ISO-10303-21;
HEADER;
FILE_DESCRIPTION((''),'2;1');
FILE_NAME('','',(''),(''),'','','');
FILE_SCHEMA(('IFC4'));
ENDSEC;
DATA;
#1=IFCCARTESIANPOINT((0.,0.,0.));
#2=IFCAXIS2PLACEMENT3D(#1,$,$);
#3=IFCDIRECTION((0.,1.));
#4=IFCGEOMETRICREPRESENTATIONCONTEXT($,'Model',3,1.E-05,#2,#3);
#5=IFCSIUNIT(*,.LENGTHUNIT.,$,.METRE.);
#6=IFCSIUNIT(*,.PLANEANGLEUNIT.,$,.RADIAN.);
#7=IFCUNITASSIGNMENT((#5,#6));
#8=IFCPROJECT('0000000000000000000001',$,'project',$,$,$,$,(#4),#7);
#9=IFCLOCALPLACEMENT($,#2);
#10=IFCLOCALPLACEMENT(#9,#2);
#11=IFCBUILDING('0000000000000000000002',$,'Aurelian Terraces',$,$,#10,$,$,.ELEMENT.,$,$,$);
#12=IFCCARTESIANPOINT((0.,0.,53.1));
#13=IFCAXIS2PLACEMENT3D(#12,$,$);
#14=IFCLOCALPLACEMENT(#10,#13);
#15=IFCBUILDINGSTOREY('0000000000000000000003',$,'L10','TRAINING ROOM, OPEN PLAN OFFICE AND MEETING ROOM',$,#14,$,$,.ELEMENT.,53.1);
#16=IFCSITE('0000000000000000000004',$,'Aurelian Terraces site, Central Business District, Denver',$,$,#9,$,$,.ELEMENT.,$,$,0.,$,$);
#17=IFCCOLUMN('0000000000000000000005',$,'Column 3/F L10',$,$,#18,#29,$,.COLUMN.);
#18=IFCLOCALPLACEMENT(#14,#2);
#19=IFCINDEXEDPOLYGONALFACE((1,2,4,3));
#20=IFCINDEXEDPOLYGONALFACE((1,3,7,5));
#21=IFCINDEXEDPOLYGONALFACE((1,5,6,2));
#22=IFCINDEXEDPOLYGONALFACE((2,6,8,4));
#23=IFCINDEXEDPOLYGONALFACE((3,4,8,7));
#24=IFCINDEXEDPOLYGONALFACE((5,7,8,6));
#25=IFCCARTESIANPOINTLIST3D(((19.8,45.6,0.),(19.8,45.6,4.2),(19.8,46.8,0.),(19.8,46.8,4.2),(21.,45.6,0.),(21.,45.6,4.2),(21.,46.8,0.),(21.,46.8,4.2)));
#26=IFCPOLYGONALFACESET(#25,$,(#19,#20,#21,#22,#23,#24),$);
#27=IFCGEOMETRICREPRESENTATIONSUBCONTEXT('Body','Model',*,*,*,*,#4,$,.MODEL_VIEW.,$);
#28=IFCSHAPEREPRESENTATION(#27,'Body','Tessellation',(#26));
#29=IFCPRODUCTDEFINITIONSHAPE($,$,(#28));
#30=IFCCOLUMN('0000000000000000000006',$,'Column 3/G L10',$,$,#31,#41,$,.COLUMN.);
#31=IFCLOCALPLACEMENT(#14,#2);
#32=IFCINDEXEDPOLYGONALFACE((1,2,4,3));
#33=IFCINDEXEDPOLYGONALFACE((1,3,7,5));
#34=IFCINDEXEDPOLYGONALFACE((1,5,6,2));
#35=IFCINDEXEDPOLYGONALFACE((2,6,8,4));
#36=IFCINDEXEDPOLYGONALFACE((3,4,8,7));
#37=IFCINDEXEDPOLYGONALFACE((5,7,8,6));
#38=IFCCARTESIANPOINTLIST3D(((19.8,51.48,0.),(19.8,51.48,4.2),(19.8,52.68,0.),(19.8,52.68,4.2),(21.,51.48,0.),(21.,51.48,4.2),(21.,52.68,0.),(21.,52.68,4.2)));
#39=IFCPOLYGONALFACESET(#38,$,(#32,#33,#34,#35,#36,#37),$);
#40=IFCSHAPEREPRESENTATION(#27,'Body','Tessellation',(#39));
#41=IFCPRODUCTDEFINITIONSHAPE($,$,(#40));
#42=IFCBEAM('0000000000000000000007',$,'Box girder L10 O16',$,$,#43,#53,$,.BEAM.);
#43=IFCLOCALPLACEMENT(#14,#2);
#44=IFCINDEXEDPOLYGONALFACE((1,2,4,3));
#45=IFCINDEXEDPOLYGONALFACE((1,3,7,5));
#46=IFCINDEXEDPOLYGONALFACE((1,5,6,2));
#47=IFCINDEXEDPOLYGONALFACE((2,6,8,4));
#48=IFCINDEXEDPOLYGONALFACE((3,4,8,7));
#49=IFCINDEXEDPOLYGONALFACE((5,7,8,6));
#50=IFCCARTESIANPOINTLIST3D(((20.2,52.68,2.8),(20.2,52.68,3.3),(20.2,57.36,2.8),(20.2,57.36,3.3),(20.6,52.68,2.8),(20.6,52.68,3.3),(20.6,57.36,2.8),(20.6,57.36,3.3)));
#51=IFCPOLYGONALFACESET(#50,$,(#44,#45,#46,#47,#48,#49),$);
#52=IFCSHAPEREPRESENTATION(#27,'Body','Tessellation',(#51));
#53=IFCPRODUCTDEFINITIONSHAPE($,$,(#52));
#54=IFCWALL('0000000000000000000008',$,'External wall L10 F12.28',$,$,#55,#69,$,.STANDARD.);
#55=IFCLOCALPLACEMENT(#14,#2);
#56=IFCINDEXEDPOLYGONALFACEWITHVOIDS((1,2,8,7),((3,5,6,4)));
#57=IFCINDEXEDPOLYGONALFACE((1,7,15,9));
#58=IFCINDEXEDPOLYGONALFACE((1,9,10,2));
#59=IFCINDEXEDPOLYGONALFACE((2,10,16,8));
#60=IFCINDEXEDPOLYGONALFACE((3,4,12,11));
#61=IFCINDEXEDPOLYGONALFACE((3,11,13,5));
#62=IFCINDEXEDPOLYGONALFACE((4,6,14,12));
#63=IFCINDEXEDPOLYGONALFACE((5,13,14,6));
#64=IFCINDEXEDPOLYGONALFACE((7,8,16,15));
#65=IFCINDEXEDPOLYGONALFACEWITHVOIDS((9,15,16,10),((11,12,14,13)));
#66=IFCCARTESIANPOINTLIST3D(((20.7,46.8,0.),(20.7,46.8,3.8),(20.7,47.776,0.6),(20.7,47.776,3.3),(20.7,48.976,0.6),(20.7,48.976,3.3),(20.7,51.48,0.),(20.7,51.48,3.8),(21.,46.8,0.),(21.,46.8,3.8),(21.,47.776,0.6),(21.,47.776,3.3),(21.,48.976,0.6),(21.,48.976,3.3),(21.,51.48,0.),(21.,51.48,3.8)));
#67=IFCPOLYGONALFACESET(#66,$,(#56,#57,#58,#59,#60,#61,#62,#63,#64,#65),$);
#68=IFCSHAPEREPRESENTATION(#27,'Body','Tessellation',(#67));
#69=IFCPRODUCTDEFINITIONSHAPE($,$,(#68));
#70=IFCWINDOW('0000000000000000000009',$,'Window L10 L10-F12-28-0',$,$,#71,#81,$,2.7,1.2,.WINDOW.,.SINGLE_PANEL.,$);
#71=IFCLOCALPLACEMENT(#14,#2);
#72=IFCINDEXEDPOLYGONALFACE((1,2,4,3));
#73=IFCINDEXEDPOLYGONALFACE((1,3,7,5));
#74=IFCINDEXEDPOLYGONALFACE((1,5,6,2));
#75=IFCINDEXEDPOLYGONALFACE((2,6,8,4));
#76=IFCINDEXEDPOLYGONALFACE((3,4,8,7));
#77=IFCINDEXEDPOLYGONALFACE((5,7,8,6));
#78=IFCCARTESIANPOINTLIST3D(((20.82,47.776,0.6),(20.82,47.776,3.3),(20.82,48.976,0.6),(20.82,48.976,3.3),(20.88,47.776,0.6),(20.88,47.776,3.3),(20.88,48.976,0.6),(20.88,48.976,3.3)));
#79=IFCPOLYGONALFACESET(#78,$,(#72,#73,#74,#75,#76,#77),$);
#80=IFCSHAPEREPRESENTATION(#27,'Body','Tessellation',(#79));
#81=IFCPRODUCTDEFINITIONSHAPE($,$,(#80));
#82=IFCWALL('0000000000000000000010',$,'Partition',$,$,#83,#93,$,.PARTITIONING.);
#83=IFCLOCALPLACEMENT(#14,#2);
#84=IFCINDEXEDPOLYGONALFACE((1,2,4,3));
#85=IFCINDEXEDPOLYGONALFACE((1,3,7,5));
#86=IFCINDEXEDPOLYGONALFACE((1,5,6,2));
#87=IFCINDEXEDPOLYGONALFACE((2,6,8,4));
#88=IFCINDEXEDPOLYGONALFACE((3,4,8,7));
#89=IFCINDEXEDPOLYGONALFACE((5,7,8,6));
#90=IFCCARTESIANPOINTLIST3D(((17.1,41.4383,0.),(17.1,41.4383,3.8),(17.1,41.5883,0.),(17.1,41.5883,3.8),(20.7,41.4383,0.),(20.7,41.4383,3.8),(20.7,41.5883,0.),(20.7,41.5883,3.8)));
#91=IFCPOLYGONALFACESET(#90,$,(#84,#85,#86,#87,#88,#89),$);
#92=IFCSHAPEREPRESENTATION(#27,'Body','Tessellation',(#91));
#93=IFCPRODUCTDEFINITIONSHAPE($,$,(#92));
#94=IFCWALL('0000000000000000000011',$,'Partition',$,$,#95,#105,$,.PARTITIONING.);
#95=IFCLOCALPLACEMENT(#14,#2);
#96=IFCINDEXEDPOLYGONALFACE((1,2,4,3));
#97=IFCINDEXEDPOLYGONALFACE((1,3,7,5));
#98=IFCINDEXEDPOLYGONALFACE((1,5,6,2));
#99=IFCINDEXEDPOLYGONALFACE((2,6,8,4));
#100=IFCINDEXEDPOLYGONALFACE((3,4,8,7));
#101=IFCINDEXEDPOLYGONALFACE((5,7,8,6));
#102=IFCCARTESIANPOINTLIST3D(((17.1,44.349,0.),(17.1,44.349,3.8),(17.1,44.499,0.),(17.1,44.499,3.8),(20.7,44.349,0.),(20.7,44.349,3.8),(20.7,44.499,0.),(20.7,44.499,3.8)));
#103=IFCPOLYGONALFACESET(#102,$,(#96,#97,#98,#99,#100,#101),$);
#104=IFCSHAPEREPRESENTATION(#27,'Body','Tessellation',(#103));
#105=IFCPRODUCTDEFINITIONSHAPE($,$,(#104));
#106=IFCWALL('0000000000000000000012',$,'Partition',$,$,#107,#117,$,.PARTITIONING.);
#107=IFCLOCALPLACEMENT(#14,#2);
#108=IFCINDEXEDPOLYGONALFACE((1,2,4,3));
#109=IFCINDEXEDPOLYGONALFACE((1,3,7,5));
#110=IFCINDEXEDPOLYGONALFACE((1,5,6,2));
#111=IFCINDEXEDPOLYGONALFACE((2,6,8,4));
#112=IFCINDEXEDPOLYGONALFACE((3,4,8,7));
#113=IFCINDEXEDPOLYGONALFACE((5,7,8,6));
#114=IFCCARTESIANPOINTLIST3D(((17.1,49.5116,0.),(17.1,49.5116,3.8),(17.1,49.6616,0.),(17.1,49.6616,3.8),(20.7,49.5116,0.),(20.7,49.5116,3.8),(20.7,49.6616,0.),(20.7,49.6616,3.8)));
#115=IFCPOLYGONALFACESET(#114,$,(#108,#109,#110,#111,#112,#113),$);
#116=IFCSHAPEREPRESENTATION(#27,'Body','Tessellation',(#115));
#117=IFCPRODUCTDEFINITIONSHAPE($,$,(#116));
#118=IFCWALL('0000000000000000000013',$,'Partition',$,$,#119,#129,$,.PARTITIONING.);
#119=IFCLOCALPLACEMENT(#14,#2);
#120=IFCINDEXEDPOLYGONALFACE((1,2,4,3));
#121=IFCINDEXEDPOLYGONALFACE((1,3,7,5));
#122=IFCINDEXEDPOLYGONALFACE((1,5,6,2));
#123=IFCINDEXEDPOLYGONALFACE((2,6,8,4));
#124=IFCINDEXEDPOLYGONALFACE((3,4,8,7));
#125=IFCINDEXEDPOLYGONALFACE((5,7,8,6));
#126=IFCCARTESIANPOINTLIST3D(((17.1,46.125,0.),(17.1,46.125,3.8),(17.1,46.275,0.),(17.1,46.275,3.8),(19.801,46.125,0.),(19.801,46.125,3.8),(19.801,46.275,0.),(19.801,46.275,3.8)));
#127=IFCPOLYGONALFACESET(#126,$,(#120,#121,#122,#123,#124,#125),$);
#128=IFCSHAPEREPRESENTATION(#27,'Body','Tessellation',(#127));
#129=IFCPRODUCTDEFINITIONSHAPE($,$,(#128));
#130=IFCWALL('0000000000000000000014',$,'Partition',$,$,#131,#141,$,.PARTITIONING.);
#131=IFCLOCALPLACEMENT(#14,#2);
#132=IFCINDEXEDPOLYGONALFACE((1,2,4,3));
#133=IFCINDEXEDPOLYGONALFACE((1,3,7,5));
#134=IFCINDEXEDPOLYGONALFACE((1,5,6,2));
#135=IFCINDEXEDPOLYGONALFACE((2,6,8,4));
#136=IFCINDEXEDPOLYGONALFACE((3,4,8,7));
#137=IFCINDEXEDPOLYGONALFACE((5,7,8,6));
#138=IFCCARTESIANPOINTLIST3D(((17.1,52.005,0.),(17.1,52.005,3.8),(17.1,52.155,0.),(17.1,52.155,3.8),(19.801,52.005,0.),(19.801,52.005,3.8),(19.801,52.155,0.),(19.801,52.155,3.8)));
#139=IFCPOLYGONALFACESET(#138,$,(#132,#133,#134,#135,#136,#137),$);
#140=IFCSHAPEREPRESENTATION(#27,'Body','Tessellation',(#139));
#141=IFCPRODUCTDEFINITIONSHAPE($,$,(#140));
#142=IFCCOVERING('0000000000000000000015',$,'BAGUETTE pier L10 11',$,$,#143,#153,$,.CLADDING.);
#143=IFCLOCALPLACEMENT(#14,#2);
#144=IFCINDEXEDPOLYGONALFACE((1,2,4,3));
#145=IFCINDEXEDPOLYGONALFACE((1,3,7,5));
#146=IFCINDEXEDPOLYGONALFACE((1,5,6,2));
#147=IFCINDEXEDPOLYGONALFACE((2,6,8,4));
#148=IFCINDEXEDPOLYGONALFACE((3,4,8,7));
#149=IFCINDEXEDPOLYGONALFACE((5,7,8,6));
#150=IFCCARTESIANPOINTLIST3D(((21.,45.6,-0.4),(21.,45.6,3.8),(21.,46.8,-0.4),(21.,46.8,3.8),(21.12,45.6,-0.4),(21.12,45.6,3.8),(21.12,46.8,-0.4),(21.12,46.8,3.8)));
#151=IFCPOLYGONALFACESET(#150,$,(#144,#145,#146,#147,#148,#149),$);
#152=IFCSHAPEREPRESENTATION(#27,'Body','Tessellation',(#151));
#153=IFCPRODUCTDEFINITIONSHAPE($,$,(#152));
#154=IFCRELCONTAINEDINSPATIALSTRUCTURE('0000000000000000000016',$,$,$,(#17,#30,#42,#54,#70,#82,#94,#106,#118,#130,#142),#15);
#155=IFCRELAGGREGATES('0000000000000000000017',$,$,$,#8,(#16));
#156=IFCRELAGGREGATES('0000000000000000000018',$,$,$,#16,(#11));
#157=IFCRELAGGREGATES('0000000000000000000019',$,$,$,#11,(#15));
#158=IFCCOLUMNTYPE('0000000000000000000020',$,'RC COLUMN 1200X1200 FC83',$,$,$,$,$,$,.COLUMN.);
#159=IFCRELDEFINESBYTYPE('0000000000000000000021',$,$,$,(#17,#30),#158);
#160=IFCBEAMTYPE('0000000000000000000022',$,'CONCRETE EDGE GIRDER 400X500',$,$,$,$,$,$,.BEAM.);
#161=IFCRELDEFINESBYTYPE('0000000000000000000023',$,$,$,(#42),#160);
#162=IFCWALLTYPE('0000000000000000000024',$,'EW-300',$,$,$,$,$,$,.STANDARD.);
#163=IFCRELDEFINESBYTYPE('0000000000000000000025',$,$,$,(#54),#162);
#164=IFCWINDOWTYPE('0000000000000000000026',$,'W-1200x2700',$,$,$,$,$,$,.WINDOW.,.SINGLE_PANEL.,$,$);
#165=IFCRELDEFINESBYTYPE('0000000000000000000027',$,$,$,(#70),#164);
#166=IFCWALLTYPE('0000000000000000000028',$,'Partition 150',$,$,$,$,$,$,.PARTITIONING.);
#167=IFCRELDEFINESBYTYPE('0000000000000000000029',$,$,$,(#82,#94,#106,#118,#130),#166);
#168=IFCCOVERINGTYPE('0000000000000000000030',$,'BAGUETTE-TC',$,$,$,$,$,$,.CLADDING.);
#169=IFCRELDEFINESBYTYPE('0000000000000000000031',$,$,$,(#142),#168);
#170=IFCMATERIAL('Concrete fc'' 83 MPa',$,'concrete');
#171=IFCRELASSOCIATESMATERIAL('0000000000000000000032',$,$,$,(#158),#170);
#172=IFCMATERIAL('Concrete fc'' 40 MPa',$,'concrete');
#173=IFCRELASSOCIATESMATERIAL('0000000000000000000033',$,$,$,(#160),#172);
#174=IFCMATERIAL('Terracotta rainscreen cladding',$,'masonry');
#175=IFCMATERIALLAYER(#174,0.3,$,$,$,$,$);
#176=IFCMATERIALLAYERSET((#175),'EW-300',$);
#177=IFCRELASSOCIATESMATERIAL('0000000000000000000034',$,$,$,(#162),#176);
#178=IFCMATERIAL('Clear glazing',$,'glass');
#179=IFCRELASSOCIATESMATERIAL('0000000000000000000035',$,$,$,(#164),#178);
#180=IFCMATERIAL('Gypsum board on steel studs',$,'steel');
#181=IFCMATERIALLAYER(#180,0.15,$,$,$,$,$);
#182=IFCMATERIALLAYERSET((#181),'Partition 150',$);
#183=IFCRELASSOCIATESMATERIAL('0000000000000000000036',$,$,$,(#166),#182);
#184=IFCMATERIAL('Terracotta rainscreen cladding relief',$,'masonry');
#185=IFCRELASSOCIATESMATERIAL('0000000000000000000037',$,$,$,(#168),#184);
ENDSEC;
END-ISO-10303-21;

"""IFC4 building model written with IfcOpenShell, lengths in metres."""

from ifc_helpers import new_model, si_unit, direction, frame, frame_2d, origin, origin_2d, place, context, subcontext, project, spatial, rectangle, extrude, source, transform, mapped, material, layer, layer_set, material_profile, profile_set, type_object, element, fill, save


model = new_model("IFC4")

# Units and contexts
model_context = context("Model", 3, precision=1e-05, world=origin(), true_north=direction((0.0, 1.0)))
body_context = subcontext(model_context, "Body", "Model", "MODEL_VIEW")
ifc_project = project(units=[si_unit("LENGTHUNIT", "METRE"), si_unit("PLANEANGLEUNIT", "RADIAN")], contexts=[model_context])

# Site, building, storey
site_placement = place(None, origin())
site = spatial("IfcSite", under=ifc_project, at=site_placement, Name="Aurelian Terraces site, Central Business District, Denver", CompositionType="ELEMENT", RefElevation=0.0)
building_placement = place(site_placement, origin())
building = spatial("IfcBuilding", under=site, at=building_placement, Name="Aurelian Terraces", CompositionType="ELEMENT")
storey_placement = place(building_placement, frame((0.0, 0.0, 53.1)))
storey = spatial("IfcBuildingStorey", under=building, at=storey_placement, Name="L10", Description="TRAINING ROOM, OPEN PLAN OFFICE AND MEETING ROOM", CompositionType="ELEMENT", Elevation=53.1)

# Columns
ifc_material_1 = material(Name="Concrete fc' 83 MPa", Category="concrete")
ifc_material_profile_1 = material_profile(ifc_material_1, rectangle(XDim=1.2, YDim=1.2, at=origin_2d()))
ifc_profile_set_1 = profile_set([ifc_material_profile_1], Name="Concrete fc' 83 MPa")
column_type = type_object("IfcColumnType", Name="RC COLUMN 1200X1200 FC83", PredefinedType="COLUMN", material=ifc_profile_set_1)
shared_shape_1 = source(origin(), body_context, "Body", "SweptSolid", [
    extrude(rectangle(XDim=1.2, YDim=1.2, at=origin_2d()), origin(), (0.0, 0.0, 1.0), 4.2),
])
for number, where, z_axis, x_axis, name in (
    (1, (20.4, 46.2, 0.0), (0.0, 0.0, 1.0), (1.0, 0.0, 0.0), "Column 3/F L10"),
    (2, (20.4, 52.08, 0.0), (0.0, 0.0, 1.0), (1.0, 0.0, 0.0), "Column 3/G L10"),
):
    element("IfcColumn", number, at=place(storey_placement, frame(where, z_axis=z_axis, x_axis=x_axis)), inside=storey, type_object=column_type, Name=name, PredefinedType="COLUMN", context=body_context, shape_type="MappedRepresentation", body=[
        mapped(shared_shape_1, transform((0.0, 0.0, 0.0), scale=1.0)),
    ])

# Beam
ifc_material_2 = material(Name="Concrete fc' 40 MPa", Category="concrete")
ifc_material_profile_2 = material_profile(ifc_material_2, rectangle(XDim=0.4, YDim=0.5, at=origin_2d()))
ifc_profile_set_2 = profile_set([ifc_material_profile_2], Name="Concrete fc' 40 MPa")
beam_type = type_object("IfcBeamType", Name="CONCRETE EDGE GIRDER 400X500", PredefinedType="BEAM", material=ifc_profile_set_2)
shared_shape_2 = source(origin(), body_context, "Body", "SweptSolid", [
    extrude(rectangle(XDim=0.4, YDim=0.5, at=origin_2d()), origin(), (0.0, 0.0, 1.0), 4.68),
])
beam_placement = place(storey_placement, frame((20.4, 52.68, 3.05), z_axis=(0.0, 1.0, 0.0), x_axis=(-1.0, 0.0, 0.0)))
element("IfcBeam", 3, at=beam_placement, inside=storey, type_object=beam_type, Name="Box girder L10 O16", PredefinedType="BEAM", context=body_context, shape_type="MappedRepresentation", body=[
    mapped(shared_shape_2, transform((0.0, 0.0, 0.0), scale=1.0)),
])

# Wall, opening, window
ifc_material_3 = material(Name="Terracotta rainscreen cladding", Category="masonry")
ifc_layer_1 = layer(ifc_material_3, 0.3)
ifc_layer_set_1 = layer_set([ifc_layer_1], Name="EW-300")
wall_type_1 = type_object("IfcWallType", Name="EW-300", PredefinedType="STANDARD", material=ifc_layer_set_1)
shared_shape_3 = source(origin(), body_context, "Body", "SweptSolid", [
    extrude(rectangle(XDim=4.68, YDim=0.3, at=frame_2d((2.34, 0.0))), origin(), (0.0, 0.0, 1.0), 3.8),
])
wall_placement = place(storey_placement, frame((20.85, 46.8, 0.0), z_axis=(0.0, 0.0, 1.0), x_axis=(0.0, 1.0, 0.0)))
wall = element("IfcWall", 4, at=wall_placement, inside=storey, type_object=wall_type_1, Name="External wall L10 F12.28", PredefinedType="STANDARD", context=body_context, shape_type="MappedRepresentation", body=[
    mapped(shared_shape_3, transform((0.0, 0.0, 0.0), scale=1.0)),
])
shared_shape_4 = source(origin(), body_context, "Body", "SweptSolid", [
    extrude(rectangle(XDim=1.2, YDim=2.7, at=frame_2d((0.6, 1.35))), frame((0.0, 0.16, 0.0), z_axis=(0.0, -1.0, 0.0), x_axis=(1.0, 0.0, 0.0)), (0.0, 0.0, 1.0), 0.32),
])
opening_placement = place(wall_placement, frame((0.976, 0.0, 0.6)))
opening = element("IfcOpeningElement", 5, at=opening_placement, cuts=wall, PredefinedType="OPENING", context=body_context, shape_type="MappedRepresentation", body=[
    mapped(shared_shape_4, transform((0.0, 0.0, 0.0), scale=1.0)),
])
ifc_material_4 = material(Name="Clear glazing", Category="glass")
window_type = type_object("IfcWindowType", Name="W-1200x2700", PartitioningType="SINGLE_PANEL", PredefinedType="WINDOW", material=ifc_material_4)
shared_shape_5 = source(origin(), body_context, "Body", "SweptSolid", [
    extrude(rectangle(XDim=1.2, YDim=2.7, at=frame_2d((0.6, 1.35))), frame((0.0, 0.03, 0.0), z_axis=(0.0, -1.0, 0.0), x_axis=(1.0, 0.0, 0.0)), (0.0, 0.0, 1.0), 0.06),
])
window_placement = place(opening_placement, origin())
window = element("IfcWindow", 6, at=window_placement, inside=storey, type_object=window_type, Name="Window L10 L10-F12-28-0", OverallHeight=2.7, OverallWidth=1.2, PartitioningType="SINGLE_PANEL", PredefinedType="WINDOW", context=body_context, shape_type="MappedRepresentation", body=[
    mapped(shared_shape_5, transform((0.0, 0.0, 0.0), scale=1.0)),
])
fill(opening, window)

# Walls
ifc_material_5 = material(Name="Gypsum board on steel studs", Category="steel")
ifc_layer_2 = layer(ifc_material_5, 0.15)
ifc_layer_set_2 = layer_set([ifc_layer_2], Name="Partition 150")
wall_type_2 = type_object("IfcWallType", Name="Partition 150", PredefinedType="PARTITIONING", material=ifc_layer_set_2)
shared_shape_6 = source(origin(), body_context, "Body", "SweptSolid", [
    extrude(rectangle(XDim=3.6, YDim=0.15, at=frame_2d((1.8, 0.0))), origin(), (0.0, 0.0, 1.0), 3.8),
])
for number, where, z_axis, x_axis, name in (
    (7, (17.1, 41.5133, 0.0), (0.0, 0.0, 1.0), (1.0, 0.0, 0.0), "Partition"),
    (8, (17.1, 44.424, 0.0), (0.0, 0.0, 1.0), (1.0, 0.0, 0.0), "Partition"),
    (9, (17.1, 49.5866, 0.0), (0.0, 0.0, 1.0), (1.0, 0.0, 0.0), "Partition"),
):
    element("IfcWall", number, at=place(storey_placement, frame(where, z_axis=z_axis, x_axis=x_axis)), inside=storey, type_object=wall_type_2, Name=name, PredefinedType="PARTITIONING", context=body_context, shape_type="MappedRepresentation", body=[
        mapped(shared_shape_6, transform((0.0, 0.0, 0.0), scale=1.0)),
    ])
shared_shape_7 = source(origin(), body_context, "Body", "SweptSolid", [
    extrude(rectangle(XDim=2.701, YDim=0.15, at=frame_2d((1.3505, 0.0))), origin(), (0.0, 0.0, 1.0), 3.8),
])
for number, where, z_axis, x_axis, name in (
    (10, (19.801, 46.2, 0.0), (0.0, 0.0, 1.0), (-1.0, 0.0, 0.0), "Partition"),
    (11, (19.801, 52.08, 0.0), (0.0, 0.0, 1.0), (-1.0, 0.0, 0.0), "Partition"),
):
    element("IfcWall", number, at=place(storey_placement, frame(where, z_axis=z_axis, x_axis=x_axis)), inside=storey, type_object=wall_type_2, Name=name, PredefinedType="PARTITIONING", context=body_context, shape_type="MappedRepresentation", body=[
        mapped(shared_shape_7, transform((0.0, 0.0, 0.0), scale=1.0)),
    ])

# Covering
ifc_material_6 = material(Name="Terracotta rainscreen cladding relief", Category="masonry")
covering_type = type_object("IfcCoveringType", Name="BAGUETTE-TC", PredefinedType="CLADDING", material=ifc_material_6)
shared_shape_8 = source(origin(), body_context, "Body", "SweptSolid", [
    extrude(rectangle(XDim=0.12, YDim=1.2, at=origin_2d()), origin(), (0.0, 0.0, 1.0), 4.2),
])
covering_placement = place(storey_placement, frame((21.06, 46.2, -0.4), z_axis=(0.0, 0.0, 1.0), x_axis=(1.0, 0.0, 0.0)))
element("IfcCovering", 12, at=covering_placement, inside=storey, type_object=covering_type, Name="BAGUETTE pier L10 11", PredefinedType="CLADDING", context=body_context, shape_type="MappedRepresentation", body=[
    mapped(shared_shape_8, transform((0.0, 0.0, 0.0), scale=1.0)),
])

save(model, "model.ifc")
